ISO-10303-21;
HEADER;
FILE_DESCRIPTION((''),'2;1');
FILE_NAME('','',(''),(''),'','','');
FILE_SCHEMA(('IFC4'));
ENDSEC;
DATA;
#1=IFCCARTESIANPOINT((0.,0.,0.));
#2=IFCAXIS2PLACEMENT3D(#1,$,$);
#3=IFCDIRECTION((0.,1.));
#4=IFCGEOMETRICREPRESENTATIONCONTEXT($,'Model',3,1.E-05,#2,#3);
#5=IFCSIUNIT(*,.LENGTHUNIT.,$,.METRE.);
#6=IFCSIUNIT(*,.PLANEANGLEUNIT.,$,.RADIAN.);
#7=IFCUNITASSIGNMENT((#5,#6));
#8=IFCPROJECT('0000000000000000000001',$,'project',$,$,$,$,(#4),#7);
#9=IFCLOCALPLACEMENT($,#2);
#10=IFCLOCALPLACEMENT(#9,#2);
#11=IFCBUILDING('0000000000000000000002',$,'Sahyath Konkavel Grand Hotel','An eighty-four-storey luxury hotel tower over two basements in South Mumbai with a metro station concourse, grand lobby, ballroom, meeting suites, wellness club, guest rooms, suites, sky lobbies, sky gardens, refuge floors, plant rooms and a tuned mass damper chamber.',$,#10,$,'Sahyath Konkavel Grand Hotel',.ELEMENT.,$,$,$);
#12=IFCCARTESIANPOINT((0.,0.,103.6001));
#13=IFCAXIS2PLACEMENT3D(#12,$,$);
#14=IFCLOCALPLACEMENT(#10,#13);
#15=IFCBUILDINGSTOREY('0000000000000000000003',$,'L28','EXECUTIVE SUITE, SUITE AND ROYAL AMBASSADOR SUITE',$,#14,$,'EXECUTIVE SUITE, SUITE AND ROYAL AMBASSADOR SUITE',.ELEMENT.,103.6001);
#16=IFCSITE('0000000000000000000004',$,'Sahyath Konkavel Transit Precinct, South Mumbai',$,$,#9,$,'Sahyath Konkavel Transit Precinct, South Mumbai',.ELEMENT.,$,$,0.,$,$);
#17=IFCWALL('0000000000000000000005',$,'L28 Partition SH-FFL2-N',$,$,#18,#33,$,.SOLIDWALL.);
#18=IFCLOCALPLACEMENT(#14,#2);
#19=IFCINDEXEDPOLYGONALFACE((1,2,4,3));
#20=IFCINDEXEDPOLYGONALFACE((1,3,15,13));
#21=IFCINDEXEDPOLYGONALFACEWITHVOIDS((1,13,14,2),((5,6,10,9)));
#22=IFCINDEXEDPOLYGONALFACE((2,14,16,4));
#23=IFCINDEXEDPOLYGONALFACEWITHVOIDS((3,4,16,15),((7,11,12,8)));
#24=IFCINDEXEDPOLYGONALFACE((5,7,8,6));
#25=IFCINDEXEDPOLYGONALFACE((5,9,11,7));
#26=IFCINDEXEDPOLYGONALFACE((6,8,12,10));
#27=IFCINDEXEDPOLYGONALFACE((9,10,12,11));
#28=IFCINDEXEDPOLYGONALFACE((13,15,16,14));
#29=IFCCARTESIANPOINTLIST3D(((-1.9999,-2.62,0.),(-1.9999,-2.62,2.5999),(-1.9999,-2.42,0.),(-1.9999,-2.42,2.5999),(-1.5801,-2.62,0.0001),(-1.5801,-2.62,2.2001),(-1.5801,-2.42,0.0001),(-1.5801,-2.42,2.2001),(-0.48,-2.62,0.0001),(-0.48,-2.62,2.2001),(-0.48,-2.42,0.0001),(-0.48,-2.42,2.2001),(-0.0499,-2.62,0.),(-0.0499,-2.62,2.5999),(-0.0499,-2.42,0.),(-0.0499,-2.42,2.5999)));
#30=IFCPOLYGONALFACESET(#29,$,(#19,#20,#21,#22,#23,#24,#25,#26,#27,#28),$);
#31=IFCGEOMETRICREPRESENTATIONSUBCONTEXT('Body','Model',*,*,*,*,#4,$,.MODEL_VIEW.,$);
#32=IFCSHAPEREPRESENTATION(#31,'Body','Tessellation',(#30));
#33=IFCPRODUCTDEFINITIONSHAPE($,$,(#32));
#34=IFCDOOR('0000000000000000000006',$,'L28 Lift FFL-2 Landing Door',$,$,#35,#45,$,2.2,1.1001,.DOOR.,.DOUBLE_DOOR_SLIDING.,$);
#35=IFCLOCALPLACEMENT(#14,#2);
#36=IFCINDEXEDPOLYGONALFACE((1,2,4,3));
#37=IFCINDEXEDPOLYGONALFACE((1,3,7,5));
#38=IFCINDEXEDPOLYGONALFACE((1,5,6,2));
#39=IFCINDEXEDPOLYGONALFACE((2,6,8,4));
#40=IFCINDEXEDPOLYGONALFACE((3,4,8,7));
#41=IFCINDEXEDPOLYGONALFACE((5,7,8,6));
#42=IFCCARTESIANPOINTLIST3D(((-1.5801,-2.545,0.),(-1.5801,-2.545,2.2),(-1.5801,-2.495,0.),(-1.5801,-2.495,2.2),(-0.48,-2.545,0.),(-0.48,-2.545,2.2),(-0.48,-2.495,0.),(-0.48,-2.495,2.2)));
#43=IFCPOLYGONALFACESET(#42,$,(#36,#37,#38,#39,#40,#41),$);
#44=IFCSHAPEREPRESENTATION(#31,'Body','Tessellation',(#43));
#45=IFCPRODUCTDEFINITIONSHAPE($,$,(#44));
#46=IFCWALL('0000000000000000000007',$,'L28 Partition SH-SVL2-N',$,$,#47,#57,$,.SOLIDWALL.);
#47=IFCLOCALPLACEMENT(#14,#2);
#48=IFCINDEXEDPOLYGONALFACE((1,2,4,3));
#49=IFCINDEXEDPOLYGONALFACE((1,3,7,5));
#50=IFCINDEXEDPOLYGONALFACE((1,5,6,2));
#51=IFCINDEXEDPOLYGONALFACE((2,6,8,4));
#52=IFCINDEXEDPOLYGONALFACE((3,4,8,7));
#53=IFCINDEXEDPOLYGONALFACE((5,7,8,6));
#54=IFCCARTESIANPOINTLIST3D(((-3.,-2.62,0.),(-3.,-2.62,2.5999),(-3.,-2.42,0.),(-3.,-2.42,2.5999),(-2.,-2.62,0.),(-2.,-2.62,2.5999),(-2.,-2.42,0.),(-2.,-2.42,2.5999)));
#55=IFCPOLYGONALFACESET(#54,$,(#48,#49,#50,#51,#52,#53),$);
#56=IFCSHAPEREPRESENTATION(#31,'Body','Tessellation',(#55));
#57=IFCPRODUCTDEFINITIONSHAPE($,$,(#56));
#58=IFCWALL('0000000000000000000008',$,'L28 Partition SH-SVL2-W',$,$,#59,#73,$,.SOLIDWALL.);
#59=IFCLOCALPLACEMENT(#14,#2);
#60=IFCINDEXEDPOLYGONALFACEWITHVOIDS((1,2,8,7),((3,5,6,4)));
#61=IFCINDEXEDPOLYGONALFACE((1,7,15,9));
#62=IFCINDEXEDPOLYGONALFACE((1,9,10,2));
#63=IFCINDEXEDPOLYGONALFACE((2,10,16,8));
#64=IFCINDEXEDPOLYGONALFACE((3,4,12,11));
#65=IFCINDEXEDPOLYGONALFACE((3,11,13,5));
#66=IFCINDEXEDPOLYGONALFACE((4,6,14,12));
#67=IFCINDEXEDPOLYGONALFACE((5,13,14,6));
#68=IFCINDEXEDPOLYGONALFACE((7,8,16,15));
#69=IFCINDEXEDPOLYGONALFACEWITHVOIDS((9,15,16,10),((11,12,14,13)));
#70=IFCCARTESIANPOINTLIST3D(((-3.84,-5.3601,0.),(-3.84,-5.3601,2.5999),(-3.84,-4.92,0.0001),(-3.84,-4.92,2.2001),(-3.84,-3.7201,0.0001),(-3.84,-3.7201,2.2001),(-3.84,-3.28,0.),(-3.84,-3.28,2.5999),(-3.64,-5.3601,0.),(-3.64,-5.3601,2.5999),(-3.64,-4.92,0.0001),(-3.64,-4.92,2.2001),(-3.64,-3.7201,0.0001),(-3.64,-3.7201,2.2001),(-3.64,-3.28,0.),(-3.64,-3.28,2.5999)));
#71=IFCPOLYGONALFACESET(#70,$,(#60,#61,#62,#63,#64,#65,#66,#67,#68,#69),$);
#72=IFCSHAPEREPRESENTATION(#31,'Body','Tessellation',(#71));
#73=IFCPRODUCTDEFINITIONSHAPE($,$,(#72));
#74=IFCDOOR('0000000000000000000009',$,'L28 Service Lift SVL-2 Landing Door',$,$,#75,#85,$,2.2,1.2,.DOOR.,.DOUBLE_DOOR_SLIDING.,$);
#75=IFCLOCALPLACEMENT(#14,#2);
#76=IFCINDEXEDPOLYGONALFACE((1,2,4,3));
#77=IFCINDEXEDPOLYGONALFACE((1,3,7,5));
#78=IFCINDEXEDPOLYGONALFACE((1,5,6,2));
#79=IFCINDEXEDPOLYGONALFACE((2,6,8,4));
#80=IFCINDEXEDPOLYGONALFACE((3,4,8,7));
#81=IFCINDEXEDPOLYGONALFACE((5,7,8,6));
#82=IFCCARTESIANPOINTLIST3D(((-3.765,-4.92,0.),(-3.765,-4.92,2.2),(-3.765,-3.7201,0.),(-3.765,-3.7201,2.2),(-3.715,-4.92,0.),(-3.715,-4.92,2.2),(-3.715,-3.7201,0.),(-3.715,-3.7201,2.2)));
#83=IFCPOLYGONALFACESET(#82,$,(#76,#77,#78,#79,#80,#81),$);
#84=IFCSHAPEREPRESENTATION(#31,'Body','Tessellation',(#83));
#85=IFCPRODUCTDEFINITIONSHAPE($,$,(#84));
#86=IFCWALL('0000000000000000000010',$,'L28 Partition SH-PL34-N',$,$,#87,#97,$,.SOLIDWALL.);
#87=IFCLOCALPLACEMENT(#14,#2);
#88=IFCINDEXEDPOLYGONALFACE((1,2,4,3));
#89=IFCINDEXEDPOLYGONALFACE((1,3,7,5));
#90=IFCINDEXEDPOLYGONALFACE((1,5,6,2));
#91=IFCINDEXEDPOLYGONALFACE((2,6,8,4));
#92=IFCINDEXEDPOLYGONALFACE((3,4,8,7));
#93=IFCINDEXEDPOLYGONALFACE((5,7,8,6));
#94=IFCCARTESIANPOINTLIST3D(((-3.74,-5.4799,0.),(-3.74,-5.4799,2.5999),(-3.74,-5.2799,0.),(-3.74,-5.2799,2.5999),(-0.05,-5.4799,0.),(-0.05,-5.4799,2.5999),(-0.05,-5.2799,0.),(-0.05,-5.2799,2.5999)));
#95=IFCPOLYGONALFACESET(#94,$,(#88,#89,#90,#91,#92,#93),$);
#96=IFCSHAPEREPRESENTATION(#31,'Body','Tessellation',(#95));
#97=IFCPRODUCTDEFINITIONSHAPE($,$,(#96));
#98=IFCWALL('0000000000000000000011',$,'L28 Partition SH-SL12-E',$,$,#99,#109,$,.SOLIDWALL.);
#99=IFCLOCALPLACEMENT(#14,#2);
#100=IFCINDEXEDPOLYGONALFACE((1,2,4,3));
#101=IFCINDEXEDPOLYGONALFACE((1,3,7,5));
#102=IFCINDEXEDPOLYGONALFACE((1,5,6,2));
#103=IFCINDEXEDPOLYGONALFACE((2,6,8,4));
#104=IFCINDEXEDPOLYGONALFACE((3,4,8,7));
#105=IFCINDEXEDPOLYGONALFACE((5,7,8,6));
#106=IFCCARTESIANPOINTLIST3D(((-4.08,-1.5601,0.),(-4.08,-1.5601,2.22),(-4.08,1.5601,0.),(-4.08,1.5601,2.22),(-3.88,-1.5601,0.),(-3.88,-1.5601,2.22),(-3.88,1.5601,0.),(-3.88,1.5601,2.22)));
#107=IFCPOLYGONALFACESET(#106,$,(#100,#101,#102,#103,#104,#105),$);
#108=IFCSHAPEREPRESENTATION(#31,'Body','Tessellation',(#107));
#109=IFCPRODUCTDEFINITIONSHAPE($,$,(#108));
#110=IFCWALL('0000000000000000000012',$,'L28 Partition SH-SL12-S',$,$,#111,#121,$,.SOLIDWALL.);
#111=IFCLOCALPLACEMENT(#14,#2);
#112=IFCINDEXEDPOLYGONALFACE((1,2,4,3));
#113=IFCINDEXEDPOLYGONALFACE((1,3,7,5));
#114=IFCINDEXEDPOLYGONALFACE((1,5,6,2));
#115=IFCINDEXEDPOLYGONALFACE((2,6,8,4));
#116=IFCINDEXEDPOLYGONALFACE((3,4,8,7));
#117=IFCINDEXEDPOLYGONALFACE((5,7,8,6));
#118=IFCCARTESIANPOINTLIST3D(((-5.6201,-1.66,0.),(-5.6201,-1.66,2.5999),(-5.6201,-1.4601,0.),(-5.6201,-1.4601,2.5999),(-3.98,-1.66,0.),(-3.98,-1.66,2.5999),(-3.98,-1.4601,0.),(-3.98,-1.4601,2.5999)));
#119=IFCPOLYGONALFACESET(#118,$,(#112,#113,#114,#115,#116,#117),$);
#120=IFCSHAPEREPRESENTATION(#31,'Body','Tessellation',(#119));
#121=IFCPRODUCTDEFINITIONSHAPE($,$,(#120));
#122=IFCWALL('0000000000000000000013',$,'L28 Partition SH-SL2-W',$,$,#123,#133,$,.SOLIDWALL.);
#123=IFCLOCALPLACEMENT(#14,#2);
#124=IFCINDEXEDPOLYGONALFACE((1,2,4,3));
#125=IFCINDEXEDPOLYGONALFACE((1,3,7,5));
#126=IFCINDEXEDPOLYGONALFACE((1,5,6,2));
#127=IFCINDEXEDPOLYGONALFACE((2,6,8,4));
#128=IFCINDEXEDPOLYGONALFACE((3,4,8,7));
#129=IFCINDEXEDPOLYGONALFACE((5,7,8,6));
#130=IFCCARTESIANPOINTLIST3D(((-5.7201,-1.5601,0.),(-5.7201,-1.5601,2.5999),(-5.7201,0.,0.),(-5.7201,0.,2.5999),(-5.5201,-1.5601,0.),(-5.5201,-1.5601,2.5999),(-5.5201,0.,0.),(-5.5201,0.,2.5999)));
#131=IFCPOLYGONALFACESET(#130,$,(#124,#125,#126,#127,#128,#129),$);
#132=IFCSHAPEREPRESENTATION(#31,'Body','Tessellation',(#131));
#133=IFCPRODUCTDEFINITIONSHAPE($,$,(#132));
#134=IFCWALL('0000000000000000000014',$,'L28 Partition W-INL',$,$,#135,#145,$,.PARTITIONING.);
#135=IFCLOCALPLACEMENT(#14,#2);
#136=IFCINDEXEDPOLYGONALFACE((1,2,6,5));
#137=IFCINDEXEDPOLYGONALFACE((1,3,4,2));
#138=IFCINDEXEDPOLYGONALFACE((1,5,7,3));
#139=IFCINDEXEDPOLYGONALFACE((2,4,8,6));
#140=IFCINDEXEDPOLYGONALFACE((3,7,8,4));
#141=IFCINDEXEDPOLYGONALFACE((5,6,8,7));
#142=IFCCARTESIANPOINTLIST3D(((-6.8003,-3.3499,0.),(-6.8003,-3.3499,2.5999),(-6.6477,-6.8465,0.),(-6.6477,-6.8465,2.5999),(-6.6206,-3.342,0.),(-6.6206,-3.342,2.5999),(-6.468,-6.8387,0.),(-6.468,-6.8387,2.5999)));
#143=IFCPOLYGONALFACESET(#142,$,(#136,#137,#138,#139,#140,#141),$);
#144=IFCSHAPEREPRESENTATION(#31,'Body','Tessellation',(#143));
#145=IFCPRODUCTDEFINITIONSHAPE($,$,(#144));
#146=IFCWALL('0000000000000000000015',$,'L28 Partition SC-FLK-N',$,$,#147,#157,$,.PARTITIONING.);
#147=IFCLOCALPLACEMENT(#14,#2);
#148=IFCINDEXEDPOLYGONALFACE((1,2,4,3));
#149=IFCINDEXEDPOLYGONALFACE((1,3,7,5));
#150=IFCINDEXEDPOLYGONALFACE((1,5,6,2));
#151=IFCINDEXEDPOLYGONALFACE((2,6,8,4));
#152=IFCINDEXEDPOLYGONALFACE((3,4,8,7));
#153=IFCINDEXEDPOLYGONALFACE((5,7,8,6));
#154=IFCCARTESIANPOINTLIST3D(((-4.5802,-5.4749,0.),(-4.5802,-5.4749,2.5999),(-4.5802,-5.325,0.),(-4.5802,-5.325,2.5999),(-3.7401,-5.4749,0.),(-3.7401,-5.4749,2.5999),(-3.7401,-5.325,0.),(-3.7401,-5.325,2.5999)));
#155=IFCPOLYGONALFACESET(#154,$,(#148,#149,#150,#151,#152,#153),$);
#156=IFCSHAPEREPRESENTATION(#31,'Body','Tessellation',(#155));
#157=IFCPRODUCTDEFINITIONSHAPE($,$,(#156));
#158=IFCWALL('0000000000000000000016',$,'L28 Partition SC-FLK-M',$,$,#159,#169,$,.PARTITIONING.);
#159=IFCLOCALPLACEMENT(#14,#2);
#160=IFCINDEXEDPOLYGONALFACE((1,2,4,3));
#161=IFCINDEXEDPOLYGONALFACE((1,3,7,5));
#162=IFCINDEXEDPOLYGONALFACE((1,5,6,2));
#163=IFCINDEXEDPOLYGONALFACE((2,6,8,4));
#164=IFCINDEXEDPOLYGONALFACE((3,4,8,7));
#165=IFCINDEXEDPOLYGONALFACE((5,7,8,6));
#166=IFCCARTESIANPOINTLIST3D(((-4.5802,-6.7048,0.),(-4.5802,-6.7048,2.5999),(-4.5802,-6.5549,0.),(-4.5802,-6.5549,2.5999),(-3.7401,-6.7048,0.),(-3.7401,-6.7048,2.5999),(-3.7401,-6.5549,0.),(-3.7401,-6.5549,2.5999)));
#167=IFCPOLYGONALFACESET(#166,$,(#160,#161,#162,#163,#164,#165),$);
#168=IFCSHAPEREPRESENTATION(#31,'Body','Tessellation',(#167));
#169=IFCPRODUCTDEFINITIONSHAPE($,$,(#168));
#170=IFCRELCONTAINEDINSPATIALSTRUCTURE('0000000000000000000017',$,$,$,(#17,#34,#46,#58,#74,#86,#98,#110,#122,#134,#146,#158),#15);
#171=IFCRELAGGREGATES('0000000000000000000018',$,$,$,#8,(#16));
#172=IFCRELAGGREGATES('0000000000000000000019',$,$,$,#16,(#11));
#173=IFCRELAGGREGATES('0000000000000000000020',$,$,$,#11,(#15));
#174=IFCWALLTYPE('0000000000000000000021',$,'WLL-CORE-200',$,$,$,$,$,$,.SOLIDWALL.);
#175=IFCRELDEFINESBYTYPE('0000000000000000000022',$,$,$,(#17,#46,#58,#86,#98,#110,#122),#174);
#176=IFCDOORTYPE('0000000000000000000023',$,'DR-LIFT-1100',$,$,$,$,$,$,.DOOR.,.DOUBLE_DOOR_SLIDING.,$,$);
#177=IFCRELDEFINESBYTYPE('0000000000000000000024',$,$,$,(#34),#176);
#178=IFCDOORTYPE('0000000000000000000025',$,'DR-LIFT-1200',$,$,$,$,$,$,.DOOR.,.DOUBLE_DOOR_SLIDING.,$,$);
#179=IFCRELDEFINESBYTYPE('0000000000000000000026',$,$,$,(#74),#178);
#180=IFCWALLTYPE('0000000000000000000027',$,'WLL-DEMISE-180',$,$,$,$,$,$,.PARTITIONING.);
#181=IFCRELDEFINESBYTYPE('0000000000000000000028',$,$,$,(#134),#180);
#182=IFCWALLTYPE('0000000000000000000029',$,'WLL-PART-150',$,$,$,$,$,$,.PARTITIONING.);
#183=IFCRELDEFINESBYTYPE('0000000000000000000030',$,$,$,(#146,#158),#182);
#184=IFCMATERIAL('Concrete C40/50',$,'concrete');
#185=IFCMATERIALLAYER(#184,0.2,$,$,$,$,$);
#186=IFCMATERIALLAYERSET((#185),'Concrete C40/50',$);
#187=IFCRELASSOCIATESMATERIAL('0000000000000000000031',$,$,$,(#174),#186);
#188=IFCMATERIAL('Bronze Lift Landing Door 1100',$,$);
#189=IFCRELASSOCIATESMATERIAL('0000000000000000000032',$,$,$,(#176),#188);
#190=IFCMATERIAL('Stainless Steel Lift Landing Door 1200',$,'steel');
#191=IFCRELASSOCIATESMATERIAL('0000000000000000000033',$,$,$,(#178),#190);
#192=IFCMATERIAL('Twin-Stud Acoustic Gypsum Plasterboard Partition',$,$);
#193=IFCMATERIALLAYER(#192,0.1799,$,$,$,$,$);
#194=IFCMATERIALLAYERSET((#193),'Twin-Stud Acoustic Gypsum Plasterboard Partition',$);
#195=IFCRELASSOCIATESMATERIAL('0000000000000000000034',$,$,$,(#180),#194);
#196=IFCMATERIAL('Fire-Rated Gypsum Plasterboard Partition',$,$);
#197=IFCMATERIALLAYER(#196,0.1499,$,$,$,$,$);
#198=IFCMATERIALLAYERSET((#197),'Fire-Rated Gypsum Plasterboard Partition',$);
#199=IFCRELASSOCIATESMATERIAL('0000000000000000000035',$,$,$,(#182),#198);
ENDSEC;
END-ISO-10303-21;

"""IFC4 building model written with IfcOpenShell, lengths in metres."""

from ifc_helpers import new_model, si_unit, direction, frame, frame_2d, origin, origin_2d, place, context, subcontext, project, spatial, rectangle, extrude, source, transform, mapped, material, layer, layer_set, type_object, element, fill, save


model = new_model("IFC4")

# Units and contexts
model_context = context("Model", 3, precision=1e-05, world=origin(), true_north=direction((0.0, 1.0)))
body_context = subcontext(model_context, "Body", "Model", "MODEL_VIEW")
ifc_project = project(units=[si_unit("LENGTHUNIT", "METRE"), si_unit("PLANEANGLEUNIT", "RADIAN")], contexts=[model_context])

# Site, building, storey
site_placement = place(None, origin())
site = spatial("IfcSite", under=ifc_project, at=site_placement, Name="Sahyath Konkavel Transit Precinct, South Mumbai", LongName="Sahyath Konkavel Transit Precinct, South Mumbai", CompositionType="ELEMENT", RefElevation=0.0)
building_placement = place(site_placement, origin())
building = spatial("IfcBuilding", under=site, at=building_placement, Name="Sahyath Konkavel Grand Hotel", Description="An eighty-four-storey luxury hotel tower over two basements in South Mumbai with a metro station concourse, grand lobby, ballroom, meeting suites, wellness club, guest rooms, suites, sky lobbies, sky gardens, refuge floors, plant rooms and a tuned mass damper chamber.", LongName="Sahyath Konkavel Grand Hotel", CompositionType="ELEMENT")
storey_placement = place(building_placement, frame((0.0, 0.0, 103.6001)))
storey = spatial("IfcBuildingStorey", under=building, at=storey_placement, Name="L28", Description="EXECUTIVE SUITE, SUITE AND ROYAL AMBASSADOR SUITE", LongName="EXECUTIVE SUITE, SUITE AND ROYAL AMBASSADOR SUITE", CompositionType="ELEMENT", Elevation=103.6001)

# Shared definitions
ifc_material_1 = material(Name="Concrete C40/50", Category="concrete")
ifc_layer_1 = layer(ifc_material_1, 0.2)
ifc_layer_set_1 = layer_set([ifc_layer_1], Name="Concrete C40/50")
wall_type_1 = type_object("IfcWallType", Name="WLL-CORE-200", PredefinedType="SOLIDWALL", material=ifc_layer_set_1)

# Wall, opening, door
wall_1_placement = place(storey_placement, frame((-2.0, -2.52, 0.0), z_axis=(0.0, 0.0, 1.0), x_axis=(1.0, 0.0, 0.0)))
wall_1 = element("IfcWall", 1, at=wall_1_placement, inside=storey, type_object=wall_type_1, Name="L28 Partition SH-FFL2-N", PredefinedType="SOLIDWALL", context=body_context, shape_type="SweptSolid", body=[
    extrude(rectangle(XDim=1.95, YDim=0.2, at=frame_2d((0.9751, 0.0))), origin(), (0.0, 0.0, 1.0), 2.5999),
])
opening_1_placement = place(wall_1_placement, frame((0.4199, 0.0, 0.0)))
opening_1 = element("IfcOpeningElement", 2, at=opening_1_placement, cuts=wall_1, PredefinedType="OPENING", context=body_context, shape_type="SweptSolid", body=[
    extrude(rectangle(XDim=1.1001, YDim=2.2, at=frame_2d((0.55, 1.1001))), frame((0.0, 0.1099, 0.0), z_axis=(0.0, -1.0, 0.0), x_axis=(1.0, 0.0, 0.0)), (0.0, 0.0, 1.0), 0.22),
])
ifc_material_2 = material(Name="Bronze Lift Landing Door 1100")
door_type_1 = type_object("IfcDoorType", Name="DR-LIFT-1100", OperationType="DOUBLE_DOOR_SLIDING", PredefinedType="DOOR", material=ifc_material_2)
shared_shape_1 = source(origin(), body_context, "Body", "SweptSolid", [
    extrude(rectangle(XDim=1.1001, YDim=0.05, at=origin_2d()), origin(), (0.0, 0.0, 1.0), 2.2),
])
door_1_placement = place(opening_1_placement, frame((0.55, 0.0, 0.0)))
door_1 = element("IfcDoor", 3, at=door_1_placement, inside=storey, type_object=door_type_1, Name="L28 Lift FFL-2 Landing Door", OperationType="DOUBLE_DOOR_SLIDING", OverallHeight=2.2, OverallWidth=1.1001, PredefinedType="DOOR", context=body_context, shape_type="MappedRepresentation", body=[
    mapped(shared_shape_1, transform((0.0, 0.0, 0.0), scale=1.0)),
])
fill(opening_1, door_1)

# Wall
wall_2_placement = place(storey_placement, frame((-3.0, -2.52, 0.0), z_axis=(0.0, 0.0, 1.0), x_axis=(1.0, 0.0, 0.0)))
element("IfcWall", 4, at=wall_2_placement, inside=storey, type_object=wall_type_1, Name="L28 Partition SH-SVL2-N", PredefinedType="SOLIDWALL", context=body_context, shape_type="SweptSolid", body=[
    extrude(rectangle(XDim=1.0, YDim=0.2, at=frame_2d((0.5, 0.0))), origin(), (0.0, 0.0, 1.0), 2.5999),
])

# Wall, opening, door
wall_3_placement = place(storey_placement, frame((-3.74, -5.3601, 0.0), z_axis=(0.0, 0.0, 1.0), x_axis=(0.0, 1.0, 0.0)))
wall_3 = element("IfcWall", 5, at=wall_3_placement, inside=storey, type_object=wall_type_1, Name="L28 Partition SH-SVL2-W", PredefinedType="SOLIDWALL", context=body_context, shape_type="SweptSolid", body=[
    extrude(rectangle(XDim=2.0801, YDim=0.2, at=frame_2d((1.04, 0.0))), origin(), (0.0, 0.0, 1.0), 2.5999),
])
opening_2_placement = place(wall_3_placement, frame((0.4399, 0.0, 0.0)))
opening_2 = element("IfcOpeningElement", 6, at=opening_2_placement, cuts=wall_3, PredefinedType="OPENING", context=body_context, shape_type="SweptSolid", body=[
    extrude(rectangle(XDim=1.2, YDim=2.2, at=frame_2d((0.6001, 1.1001))), frame((0.0, 0.1099, 0.0), z_axis=(0.0, -1.0, 0.0), x_axis=(1.0, 0.0, 0.0)), (0.0, 0.0, 1.0), 0.22),
])
ifc_material_3 = material(Name="Stainless Steel Lift Landing Door 1200", Category="steel")
door_type_2 = type_object("IfcDoorType", Name="DR-LIFT-1200", OperationType="DOUBLE_DOOR_SLIDING", PredefinedType="DOOR", material=ifc_material_3)
shared_shape_2 = source(origin(), body_context, "Body", "SweptSolid", [
    extrude(rectangle(XDim=1.2, YDim=0.05, at=origin_2d()), origin(), (0.0, 0.0, 1.0), 2.2),
])
door_2_placement = place(opening_2_placement, frame((0.6001, 0.0, 0.0)))
door_2 = element("IfcDoor", 7, at=door_2_placement, inside=storey, type_object=door_type_2, Name="L28 Service Lift SVL-2 Landing Door", OperationType="DOUBLE_DOOR_SLIDING", OverallHeight=2.2, OverallWidth=1.2, PredefinedType="DOOR", context=body_context, shape_type="MappedRepresentation", body=[
    mapped(shared_shape_2, transform((0.0, 0.0, 0.0), scale=1.0)),
])
fill(opening_2, door_2)

# Walls
wall_4_placement = place(storey_placement, frame((-3.74, -5.3799, 0.0), z_axis=(0.0, 0.0, 1.0), x_axis=(1.0, 0.0, 0.0)))
element("IfcWall", 8, at=wall_4_placement, inside=storey, type_object=wall_type_1, Name="L28 Partition SH-PL34-N", PredefinedType="SOLIDWALL", context=body_context, shape_type="SweptSolid", body=[
    extrude(rectangle(XDim=3.6899, YDim=0.2, at=frame_2d((1.845, 0.0))), origin(), (0.0, 0.0, 1.0), 2.5999),
])
wall_5_placement = place(storey_placement, frame((-3.98, -1.5601, 0.0), z_axis=(0.0, 0.0, 1.0), x_axis=(0.0, 1.0, 0.0)))
element("IfcWall", 9, at=wall_5_placement, inside=storey, type_object=wall_type_1, Name="L28 Partition SH-SL12-E", PredefinedType="SOLIDWALL", context=body_context, shape_type="SweptSolid", body=[
    extrude(rectangle(XDim=3.1201, YDim=0.2, at=frame_2d((1.5601, 0.0))), origin(), (0.0, 0.0, 1.0), 2.22),
])
wall_6_placement = place(storey_placement, frame((-5.6201, -1.5601, 0.0), z_axis=(0.0, 0.0, 1.0), x_axis=(1.0, 0.0, 0.0)))
element("IfcWall", 10, at=wall_6_placement, inside=storey, type_object=wall_type_1, Name="L28 Partition SH-SL12-S", PredefinedType="SOLIDWALL", context=body_context, shape_type="SweptSolid", body=[
    extrude(rectangle(XDim=1.6401, YDim=0.2, at=frame_2d((0.8201, 0.0))), origin(), (0.0, 0.0, 1.0), 2.5999),
])
wall_7_placement = place(storey_placement, frame((-5.6201, -1.5601, 0.0), z_axis=(0.0, 0.0, 1.0), x_axis=(0.0, 1.0, 0.0)))
element("IfcWall", 11, at=wall_7_placement, inside=storey, type_object=wall_type_1, Name="L28 Partition SH-SL2-W", PredefinedType="SOLIDWALL", context=body_context, shape_type="SweptSolid", body=[
    extrude(rectangle(XDim=1.5601, YDim=0.2, at=frame_2d((0.78, 0.0))), origin(), (0.0, 0.0, 1.0), 2.5999),
])
ifc_material_4 = material(Name="Twin-Stud Acoustic Gypsum Plasterboard Partition")
ifc_layer_2 = layer(ifc_material_4, 0.1799)
ifc_layer_set_2 = layer_set([ifc_layer_2], Name="Twin-Stud Acoustic Gypsum Plasterboard Partition")
wall_type_2 = type_object("IfcWallType", Name="WLL-DEMISE-180", PredefinedType="PARTITIONING", material=ifc_layer_set_2)
wall_8_placement = place(storey_placement, frame((-6.7104, -3.3459, 0.0), z_axis=(0.0, 0.0, 1.0), x_axis=(0.043598, -0.999049, 0.0)))
element("IfcWall", 12, at=wall_8_placement, inside=storey, type_object=wall_type_2, Name="L28 Partition W-INL", PredefinedType="PARTITIONING", context=body_context, shape_type="SweptSolid", body=[
    extrude(rectangle(XDim=3.5, YDim=0.1799, at=frame_2d((1.75, 0.0))), origin(), (0.0, 0.0, 1.0), 2.5999),
])
ifc_material_5 = material(Name="Fire-Rated Gypsum Plasterboard Partition")
ifc_layer_3 = layer(ifc_material_5, 0.1499)
ifc_layer_set_3 = layer_set([ifc_layer_3], Name="Fire-Rated Gypsum Plasterboard Partition")
wall_type_3 = type_object("IfcWallType", Name="WLL-PART-150", PredefinedType="PARTITIONING", material=ifc_layer_set_3)
for number, where, z_axis, x_axis, name in (
    (13, (-4.5801, -5.3999, 0.0), (0.0, 0.0, 1.0), (1.0, 0.0, 0.0), "L28 Partition SC-FLK-N"),
    (14, (-4.5801, -6.6299, 0.0), (0.0, 0.0, 1.0), (1.0, 0.0, 0.0), "L28 Partition SC-FLK-M"),
):
    element("IfcWall", number, at=place(storey_placement, frame(where, z_axis=z_axis, x_axis=x_axis)), inside=storey, type_object=wall_type_3, Name=name, PredefinedType="PARTITIONING", context=body_context, shape_type="SweptSolid", body=[
        extrude(rectangle(XDim=0.8401, YDim=0.1499, at=frame_2d((0.4199, 0.0))), origin(), (0.0, 0.0, 1.0), 2.5999),
    ])

save(model, "model.ifc")
